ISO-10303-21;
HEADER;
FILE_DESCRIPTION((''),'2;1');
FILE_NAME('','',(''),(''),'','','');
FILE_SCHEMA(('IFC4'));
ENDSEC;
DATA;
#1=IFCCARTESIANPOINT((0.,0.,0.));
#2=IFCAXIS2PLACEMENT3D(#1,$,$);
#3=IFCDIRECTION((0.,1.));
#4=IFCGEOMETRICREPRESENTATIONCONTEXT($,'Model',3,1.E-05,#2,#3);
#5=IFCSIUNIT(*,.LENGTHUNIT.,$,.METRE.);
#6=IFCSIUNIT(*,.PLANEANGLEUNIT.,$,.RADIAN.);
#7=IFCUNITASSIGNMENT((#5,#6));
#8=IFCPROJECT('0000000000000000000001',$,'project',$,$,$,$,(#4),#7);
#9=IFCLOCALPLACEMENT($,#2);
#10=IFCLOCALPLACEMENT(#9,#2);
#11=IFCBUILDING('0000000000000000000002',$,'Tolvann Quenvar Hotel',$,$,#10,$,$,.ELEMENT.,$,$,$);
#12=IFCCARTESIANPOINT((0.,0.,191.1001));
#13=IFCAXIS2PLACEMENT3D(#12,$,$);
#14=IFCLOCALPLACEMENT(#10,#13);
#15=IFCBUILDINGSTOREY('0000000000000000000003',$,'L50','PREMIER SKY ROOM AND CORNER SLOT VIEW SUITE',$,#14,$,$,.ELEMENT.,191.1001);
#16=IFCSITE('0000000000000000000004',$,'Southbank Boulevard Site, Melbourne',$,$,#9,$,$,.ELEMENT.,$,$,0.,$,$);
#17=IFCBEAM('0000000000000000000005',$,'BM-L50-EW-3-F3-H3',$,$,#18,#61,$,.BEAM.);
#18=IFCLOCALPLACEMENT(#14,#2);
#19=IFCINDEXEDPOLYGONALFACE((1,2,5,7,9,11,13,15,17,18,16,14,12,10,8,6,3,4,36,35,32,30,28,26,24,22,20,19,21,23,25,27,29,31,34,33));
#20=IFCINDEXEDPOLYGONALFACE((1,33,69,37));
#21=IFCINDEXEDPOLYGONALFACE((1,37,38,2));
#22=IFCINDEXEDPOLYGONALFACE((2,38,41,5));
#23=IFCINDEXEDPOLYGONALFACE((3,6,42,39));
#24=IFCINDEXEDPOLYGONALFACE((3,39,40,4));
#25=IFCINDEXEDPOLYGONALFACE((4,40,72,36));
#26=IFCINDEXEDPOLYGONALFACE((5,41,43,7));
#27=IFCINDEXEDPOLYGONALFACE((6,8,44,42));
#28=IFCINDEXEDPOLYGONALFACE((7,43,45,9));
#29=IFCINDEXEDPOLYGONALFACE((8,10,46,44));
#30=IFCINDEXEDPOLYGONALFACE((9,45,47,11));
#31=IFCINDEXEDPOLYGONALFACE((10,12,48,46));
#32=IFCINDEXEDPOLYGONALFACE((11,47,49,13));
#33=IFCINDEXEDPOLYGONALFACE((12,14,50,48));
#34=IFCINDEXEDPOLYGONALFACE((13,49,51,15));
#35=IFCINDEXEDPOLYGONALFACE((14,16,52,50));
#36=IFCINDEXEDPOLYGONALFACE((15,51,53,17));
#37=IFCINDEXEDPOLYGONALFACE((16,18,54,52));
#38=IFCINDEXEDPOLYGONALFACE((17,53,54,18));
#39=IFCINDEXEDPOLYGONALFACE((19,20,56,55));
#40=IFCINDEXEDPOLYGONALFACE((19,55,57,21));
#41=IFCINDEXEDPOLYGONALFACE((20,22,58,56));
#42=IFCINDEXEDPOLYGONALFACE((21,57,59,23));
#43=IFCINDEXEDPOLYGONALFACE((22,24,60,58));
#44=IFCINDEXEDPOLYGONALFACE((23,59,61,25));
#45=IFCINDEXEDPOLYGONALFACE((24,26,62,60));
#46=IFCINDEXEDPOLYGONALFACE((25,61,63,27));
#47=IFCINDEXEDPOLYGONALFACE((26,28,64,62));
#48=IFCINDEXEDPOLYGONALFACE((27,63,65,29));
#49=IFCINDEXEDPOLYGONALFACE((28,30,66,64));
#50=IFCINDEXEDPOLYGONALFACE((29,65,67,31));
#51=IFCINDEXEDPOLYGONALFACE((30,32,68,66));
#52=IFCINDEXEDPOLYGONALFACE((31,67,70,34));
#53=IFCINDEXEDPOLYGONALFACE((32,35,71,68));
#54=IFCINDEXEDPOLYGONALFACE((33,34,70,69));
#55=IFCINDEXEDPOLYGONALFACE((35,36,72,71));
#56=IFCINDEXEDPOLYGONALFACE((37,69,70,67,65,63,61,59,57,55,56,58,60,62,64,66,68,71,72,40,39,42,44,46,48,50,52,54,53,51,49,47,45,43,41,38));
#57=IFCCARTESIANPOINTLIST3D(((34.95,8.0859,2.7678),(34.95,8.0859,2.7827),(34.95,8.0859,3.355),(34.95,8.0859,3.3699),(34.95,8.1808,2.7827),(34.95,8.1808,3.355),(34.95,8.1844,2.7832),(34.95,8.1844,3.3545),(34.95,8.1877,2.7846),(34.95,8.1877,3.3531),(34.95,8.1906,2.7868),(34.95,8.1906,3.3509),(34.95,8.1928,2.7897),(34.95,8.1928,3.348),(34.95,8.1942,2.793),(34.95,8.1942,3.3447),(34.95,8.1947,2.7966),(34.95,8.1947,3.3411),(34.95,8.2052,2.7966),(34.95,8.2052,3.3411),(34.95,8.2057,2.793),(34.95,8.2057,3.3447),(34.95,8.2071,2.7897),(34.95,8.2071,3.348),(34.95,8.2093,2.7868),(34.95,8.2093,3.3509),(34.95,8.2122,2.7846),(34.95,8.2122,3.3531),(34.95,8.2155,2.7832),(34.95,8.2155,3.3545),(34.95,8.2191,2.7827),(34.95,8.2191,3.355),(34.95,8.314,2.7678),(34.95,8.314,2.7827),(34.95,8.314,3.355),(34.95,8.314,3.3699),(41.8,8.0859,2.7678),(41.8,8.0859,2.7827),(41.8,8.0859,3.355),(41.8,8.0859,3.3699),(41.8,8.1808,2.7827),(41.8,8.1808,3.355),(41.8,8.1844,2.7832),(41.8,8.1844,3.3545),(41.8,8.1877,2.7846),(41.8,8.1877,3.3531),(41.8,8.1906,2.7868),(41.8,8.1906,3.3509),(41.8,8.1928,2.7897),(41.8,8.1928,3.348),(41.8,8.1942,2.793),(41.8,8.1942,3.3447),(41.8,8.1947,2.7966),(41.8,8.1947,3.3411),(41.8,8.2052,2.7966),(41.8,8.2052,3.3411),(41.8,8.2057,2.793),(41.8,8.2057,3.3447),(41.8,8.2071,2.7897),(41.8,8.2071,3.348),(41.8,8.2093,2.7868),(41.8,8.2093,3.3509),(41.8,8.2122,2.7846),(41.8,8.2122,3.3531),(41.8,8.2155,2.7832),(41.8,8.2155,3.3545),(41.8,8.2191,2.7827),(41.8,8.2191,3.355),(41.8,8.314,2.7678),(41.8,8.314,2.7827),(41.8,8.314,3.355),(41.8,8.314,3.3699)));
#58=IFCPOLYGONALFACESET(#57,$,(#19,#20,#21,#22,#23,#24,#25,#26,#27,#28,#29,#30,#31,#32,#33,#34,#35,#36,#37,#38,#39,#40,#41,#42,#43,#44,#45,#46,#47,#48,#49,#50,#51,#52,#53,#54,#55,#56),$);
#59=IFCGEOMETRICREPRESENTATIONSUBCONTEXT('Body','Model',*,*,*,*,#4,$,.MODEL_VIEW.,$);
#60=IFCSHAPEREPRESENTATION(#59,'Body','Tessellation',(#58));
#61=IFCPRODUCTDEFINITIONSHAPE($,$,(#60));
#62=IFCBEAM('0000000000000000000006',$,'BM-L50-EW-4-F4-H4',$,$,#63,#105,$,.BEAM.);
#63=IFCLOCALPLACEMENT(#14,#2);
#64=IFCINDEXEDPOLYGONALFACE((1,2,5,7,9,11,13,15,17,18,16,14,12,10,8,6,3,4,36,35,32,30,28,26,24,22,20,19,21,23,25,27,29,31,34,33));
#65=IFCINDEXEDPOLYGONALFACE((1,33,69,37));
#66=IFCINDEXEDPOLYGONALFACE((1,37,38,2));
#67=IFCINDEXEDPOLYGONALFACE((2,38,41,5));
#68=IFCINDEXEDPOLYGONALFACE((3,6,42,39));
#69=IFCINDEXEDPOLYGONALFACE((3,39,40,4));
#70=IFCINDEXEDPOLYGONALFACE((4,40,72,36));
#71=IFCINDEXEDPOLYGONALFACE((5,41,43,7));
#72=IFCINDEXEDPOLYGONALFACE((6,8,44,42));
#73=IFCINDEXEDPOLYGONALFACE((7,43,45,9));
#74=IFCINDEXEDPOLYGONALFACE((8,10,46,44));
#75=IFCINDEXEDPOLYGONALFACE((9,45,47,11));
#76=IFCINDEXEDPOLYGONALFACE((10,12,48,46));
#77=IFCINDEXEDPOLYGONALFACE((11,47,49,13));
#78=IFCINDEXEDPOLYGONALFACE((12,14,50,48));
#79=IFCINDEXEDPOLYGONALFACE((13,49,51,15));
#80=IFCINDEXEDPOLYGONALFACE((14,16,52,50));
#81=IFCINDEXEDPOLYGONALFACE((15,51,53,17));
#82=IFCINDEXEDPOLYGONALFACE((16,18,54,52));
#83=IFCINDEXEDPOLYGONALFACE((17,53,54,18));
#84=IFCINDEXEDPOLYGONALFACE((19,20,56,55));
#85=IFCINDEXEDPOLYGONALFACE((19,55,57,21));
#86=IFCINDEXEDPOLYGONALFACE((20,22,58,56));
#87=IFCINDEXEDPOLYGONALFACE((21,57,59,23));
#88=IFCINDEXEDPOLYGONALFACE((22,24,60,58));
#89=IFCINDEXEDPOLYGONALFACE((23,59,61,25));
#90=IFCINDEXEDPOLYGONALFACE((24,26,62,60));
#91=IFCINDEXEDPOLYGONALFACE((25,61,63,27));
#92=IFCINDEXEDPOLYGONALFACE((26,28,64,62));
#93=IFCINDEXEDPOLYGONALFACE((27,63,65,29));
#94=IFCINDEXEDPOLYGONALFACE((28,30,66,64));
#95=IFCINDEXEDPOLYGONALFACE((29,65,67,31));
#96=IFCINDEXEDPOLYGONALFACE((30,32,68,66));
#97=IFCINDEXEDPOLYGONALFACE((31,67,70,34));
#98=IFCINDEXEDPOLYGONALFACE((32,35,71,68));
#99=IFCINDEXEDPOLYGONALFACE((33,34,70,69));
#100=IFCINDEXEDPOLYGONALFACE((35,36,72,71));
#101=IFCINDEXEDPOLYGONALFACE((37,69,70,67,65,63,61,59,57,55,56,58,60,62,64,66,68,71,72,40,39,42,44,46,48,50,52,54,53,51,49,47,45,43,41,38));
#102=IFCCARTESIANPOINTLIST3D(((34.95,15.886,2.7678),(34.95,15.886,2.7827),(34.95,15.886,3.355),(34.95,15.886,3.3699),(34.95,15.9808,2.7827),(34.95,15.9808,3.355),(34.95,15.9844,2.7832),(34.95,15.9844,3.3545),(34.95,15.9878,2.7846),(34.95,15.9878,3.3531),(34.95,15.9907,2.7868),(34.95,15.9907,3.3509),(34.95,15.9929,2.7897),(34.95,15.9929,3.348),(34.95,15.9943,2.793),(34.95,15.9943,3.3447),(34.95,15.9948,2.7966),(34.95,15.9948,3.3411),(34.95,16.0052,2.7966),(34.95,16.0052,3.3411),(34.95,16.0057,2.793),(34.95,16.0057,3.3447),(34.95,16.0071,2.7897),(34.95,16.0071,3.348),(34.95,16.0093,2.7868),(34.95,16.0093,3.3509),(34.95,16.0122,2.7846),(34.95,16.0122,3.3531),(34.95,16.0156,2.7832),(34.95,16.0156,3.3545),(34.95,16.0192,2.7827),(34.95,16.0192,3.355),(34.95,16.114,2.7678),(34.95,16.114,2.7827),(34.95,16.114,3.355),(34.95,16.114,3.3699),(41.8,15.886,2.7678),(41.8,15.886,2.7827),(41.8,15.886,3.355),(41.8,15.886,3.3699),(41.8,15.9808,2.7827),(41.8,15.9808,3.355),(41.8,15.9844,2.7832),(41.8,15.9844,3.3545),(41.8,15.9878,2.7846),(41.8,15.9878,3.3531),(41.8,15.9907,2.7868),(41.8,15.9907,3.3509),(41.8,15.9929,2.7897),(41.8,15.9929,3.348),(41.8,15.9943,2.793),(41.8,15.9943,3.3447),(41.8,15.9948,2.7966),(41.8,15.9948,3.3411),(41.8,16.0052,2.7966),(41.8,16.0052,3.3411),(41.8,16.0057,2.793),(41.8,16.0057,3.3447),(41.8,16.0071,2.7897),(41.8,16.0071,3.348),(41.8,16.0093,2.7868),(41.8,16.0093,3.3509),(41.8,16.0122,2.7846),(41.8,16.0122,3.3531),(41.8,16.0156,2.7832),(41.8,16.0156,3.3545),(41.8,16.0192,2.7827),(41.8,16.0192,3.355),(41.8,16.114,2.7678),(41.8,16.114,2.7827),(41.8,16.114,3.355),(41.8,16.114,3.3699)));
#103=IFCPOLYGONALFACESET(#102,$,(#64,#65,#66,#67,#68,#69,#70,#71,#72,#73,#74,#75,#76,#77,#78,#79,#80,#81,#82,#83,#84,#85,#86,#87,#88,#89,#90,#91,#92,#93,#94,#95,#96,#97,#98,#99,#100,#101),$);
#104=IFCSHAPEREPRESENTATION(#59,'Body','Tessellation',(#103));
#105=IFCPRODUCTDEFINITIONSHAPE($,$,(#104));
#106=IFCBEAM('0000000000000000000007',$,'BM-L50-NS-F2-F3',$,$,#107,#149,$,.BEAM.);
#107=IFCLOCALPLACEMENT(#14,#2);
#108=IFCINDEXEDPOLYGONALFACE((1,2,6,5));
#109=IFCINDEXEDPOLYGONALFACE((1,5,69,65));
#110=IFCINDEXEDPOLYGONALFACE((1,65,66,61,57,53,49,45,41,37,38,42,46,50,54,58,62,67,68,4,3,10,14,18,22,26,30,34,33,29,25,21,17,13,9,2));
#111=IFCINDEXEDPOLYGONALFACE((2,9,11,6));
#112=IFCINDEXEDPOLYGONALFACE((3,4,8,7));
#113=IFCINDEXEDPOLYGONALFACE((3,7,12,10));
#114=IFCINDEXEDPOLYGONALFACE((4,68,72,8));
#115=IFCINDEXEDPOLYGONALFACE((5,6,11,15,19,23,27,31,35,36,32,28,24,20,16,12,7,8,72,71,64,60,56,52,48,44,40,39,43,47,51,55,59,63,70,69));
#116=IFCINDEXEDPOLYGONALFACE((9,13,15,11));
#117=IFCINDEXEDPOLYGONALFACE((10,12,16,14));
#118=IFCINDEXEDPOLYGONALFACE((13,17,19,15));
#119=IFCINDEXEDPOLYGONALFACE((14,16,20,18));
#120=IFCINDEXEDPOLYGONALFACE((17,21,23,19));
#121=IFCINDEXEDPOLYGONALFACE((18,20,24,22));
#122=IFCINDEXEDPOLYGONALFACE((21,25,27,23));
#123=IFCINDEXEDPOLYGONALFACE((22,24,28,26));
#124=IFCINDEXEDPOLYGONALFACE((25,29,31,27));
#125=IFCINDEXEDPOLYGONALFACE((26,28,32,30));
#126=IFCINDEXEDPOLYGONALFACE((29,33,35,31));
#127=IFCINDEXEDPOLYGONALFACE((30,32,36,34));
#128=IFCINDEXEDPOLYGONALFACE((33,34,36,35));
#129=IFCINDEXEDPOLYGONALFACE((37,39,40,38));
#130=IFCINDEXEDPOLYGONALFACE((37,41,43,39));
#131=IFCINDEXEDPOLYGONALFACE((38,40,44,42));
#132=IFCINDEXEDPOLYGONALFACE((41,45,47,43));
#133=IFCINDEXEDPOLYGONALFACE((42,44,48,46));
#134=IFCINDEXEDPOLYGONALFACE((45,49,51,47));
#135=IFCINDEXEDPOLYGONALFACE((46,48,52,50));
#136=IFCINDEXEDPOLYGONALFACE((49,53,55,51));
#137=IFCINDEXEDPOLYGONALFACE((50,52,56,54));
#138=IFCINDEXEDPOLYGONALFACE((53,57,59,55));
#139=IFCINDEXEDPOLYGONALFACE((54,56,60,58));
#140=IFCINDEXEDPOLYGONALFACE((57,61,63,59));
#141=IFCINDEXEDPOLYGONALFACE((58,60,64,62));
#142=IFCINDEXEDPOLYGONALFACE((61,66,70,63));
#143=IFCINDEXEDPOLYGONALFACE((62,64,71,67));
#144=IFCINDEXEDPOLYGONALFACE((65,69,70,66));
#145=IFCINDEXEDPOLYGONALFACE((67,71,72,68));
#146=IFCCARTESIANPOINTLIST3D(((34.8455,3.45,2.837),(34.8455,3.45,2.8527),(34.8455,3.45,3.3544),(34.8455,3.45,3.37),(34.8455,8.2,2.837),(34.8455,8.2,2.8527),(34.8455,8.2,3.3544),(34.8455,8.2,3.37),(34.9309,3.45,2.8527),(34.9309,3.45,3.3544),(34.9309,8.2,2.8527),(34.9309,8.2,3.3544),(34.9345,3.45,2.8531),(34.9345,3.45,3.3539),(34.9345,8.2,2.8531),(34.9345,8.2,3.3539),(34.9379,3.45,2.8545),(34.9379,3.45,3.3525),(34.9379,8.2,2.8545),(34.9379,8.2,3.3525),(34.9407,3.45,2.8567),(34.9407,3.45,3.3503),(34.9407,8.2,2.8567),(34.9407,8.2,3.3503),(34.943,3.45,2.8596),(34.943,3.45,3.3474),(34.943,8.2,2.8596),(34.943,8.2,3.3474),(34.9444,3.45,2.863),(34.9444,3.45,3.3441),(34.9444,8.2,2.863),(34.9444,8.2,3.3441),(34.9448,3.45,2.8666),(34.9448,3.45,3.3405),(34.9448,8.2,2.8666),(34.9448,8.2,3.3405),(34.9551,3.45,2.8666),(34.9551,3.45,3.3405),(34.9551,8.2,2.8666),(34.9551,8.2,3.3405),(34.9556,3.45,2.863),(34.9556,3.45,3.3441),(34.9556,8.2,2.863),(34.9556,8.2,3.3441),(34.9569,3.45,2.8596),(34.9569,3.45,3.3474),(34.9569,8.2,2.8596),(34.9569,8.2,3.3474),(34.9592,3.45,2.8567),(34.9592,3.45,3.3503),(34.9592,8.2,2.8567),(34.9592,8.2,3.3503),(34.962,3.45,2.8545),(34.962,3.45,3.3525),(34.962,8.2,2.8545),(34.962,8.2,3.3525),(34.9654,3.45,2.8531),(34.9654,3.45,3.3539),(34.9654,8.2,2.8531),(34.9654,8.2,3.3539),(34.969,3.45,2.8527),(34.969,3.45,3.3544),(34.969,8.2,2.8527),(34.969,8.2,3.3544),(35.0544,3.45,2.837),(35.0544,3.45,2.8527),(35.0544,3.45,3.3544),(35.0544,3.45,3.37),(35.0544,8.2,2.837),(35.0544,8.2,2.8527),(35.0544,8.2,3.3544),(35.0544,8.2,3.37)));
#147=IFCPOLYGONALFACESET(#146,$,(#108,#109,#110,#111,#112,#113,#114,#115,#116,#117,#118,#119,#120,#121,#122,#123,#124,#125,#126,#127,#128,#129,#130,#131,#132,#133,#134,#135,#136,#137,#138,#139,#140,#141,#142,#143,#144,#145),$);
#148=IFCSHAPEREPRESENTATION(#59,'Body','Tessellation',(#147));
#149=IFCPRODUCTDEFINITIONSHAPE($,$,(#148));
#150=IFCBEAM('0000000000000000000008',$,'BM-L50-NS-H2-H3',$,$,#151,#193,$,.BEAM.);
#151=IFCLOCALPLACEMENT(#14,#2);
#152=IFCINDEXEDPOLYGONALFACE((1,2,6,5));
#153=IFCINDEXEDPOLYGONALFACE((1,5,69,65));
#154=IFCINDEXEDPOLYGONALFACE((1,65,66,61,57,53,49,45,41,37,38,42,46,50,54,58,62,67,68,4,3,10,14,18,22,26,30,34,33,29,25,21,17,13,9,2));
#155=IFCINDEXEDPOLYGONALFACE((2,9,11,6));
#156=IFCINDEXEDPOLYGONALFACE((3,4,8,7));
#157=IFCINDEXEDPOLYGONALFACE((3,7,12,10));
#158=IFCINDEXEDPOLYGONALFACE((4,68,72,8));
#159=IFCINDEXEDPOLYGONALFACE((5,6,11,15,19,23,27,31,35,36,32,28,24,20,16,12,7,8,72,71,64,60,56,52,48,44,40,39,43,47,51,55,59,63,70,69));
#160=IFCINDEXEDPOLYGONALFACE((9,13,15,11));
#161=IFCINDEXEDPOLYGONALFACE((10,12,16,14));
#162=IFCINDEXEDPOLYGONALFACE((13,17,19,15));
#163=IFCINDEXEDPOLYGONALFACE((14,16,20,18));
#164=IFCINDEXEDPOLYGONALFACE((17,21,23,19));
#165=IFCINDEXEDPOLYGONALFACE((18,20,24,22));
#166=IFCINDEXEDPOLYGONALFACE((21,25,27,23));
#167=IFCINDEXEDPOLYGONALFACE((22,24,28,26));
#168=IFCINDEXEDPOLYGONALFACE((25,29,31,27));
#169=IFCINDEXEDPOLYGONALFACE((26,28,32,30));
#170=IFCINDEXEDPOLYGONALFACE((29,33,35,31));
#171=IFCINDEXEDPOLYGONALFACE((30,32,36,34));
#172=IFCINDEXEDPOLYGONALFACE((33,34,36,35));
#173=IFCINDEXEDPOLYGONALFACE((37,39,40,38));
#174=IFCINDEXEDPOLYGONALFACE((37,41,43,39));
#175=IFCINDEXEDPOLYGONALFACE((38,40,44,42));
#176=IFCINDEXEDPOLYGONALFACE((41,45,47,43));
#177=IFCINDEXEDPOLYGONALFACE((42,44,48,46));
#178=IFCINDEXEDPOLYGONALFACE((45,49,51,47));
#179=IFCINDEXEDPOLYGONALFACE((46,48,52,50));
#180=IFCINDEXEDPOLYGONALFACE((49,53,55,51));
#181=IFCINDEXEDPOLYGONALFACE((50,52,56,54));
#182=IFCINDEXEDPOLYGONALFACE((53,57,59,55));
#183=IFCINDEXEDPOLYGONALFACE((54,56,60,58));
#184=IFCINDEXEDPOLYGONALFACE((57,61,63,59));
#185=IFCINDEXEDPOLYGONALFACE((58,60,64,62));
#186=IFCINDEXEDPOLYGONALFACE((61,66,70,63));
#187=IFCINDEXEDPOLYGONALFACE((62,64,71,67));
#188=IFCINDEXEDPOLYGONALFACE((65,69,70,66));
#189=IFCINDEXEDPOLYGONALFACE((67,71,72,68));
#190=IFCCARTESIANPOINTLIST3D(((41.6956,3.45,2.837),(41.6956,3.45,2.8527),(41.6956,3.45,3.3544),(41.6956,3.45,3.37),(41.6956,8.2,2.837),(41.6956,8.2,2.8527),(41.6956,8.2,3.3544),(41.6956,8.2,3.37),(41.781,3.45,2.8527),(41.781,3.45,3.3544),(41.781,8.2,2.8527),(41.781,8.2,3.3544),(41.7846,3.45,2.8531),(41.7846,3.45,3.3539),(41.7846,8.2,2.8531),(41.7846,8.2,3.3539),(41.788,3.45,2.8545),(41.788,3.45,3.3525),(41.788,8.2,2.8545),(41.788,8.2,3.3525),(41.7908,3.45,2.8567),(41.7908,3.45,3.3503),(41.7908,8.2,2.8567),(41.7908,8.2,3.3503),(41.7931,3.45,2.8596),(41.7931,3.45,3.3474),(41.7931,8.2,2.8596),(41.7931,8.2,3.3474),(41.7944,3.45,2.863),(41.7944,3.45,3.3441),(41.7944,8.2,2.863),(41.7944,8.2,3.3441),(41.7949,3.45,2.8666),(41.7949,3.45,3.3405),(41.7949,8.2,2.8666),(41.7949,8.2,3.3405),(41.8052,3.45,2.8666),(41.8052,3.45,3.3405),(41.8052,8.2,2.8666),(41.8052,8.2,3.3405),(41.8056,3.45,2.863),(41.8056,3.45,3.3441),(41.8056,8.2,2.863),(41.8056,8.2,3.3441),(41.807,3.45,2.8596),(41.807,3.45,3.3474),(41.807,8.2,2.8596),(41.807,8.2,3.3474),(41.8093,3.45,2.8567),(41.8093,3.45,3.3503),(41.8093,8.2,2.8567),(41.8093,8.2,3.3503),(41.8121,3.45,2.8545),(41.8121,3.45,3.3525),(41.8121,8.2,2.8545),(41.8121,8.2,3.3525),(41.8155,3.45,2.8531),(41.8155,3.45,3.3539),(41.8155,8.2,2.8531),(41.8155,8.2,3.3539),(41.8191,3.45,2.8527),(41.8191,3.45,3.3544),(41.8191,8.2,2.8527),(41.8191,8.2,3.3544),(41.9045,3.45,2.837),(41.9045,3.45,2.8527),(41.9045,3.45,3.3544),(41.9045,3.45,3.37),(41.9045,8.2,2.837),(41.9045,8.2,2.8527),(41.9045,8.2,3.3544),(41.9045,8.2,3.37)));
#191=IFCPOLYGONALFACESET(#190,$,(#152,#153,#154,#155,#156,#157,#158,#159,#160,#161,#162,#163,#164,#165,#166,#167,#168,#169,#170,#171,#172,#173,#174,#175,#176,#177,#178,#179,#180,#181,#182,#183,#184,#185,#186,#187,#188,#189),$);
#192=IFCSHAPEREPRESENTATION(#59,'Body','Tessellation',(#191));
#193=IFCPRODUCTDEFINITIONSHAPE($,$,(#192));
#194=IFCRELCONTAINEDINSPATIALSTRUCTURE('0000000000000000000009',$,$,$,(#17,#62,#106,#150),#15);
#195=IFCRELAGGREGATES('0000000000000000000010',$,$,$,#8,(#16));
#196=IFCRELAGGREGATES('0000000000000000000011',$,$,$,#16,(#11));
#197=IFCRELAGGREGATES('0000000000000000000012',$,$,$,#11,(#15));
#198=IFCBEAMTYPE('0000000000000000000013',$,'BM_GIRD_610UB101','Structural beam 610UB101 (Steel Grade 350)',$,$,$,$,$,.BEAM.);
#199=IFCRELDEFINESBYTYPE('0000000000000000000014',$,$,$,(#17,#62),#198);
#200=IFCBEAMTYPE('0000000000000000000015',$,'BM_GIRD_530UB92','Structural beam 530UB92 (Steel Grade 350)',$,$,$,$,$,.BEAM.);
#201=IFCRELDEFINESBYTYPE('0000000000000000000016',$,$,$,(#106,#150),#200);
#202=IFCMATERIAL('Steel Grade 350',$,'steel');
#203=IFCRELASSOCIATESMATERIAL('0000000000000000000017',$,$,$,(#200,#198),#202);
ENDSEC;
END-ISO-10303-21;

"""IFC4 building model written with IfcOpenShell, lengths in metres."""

from ifc_helpers import new_model, si_unit, direction, frame, origin, origin_2d, place, context, subcontext, project, spatial, i_section, extrude, source, transform, mapped, material, material_profile, profile_set, type_object, element, save


model = new_model("IFC4")

# Units and contexts
model_context = context("Model", 3, precision=1e-05, world=origin(), true_north=direction((0.0, 1.0)))
body_context = subcontext(model_context, "Body", "Model", "MODEL_VIEW")
ifc_project = project(units=[si_unit("LENGTHUNIT", "METRE"), si_unit("PLANEANGLEUNIT", "RADIAN")], contexts=[model_context])

# Site, building, storey
site_placement = place(None, origin())
site = spatial("IfcSite", under=ifc_project, at=site_placement, Name="Southbank Boulevard Site, Melbourne", CompositionType="ELEMENT", RefElevation=0.0)
building_placement = place(site_placement, origin())
building = spatial("IfcBuilding", under=site, at=building_placement, Name="Tolvann Quenvar Hotel", CompositionType="ELEMENT")
storey_placement = place(building_placement, frame((0.0, 0.0, 191.1001)))
storey = spatial("IfcBuildingStorey", under=building, at=storey_placement, Name="L50", Description="PREMIER SKY ROOM AND CORNER SLOT VIEW SUITE", CompositionType="ELEMENT", Elevation=191.1001)

# Shared definitions
ifc_material_1 = material(Name="Steel Grade 350", Category="steel")

# Beams
ifc_material_profile_1 = material_profile(ifc_material_1, i_section(OverallWidth=0.209, OverallDepth=0.533, WebThickness=0.0103, FlangeThickness=0.0156, FilletRadius=0.0139, at=origin_2d()), Name="530UB92")
ifc_profile_set_1 = profile_set([ifc_material_profile_1], Name="Steel Grade 350")
beam_type_1 = type_object("IfcBeamType", Name="BM_GIRD_530UB92", Description="Structural beam 530UB92 (Steel Grade 350)", PredefinedType="BEAM", material=ifc_profile_set_1)
ifc_material_profile_2 = material_profile(ifc_material_1, i_section(OverallWidth=0.228, OverallDepth=0.6021, WebThickness=0.0105, FlangeThickness=0.0149, FilletRadius=0.0139, at=origin_2d()), Name="610UB101")
ifc_profile_set_2 = profile_set([ifc_material_profile_2], Name="Steel Grade 350")
beam_type_2 = type_object("IfcBeamType", Name="BM_GIRD_610UB101", Description="Structural beam 610UB101 (Steel Grade 350)", PredefinedType="BEAM", material=ifc_profile_set_2)
shared_shape_1 = source(origin(), body_context, "Body", "SweptSolid", [
    extrude(i_section(OverallWidth=0.228, OverallDepth=0.6021, WebThickness=0.0105, FlangeThickness=0.0149, FilletRadius=0.0139, at=origin_2d()), origin(), (0.0, 0.0, 1.0), 6.8501),
])
for number, where, z_axis, x_axis, name in (
    (1, (34.95, 8.2, 3.0688), (1.0, 0.0, 0.0), (0.0, 1.0, 0.0), "BM-L50-EW-3-F3-H3"),
    (2, (34.95, 16.0, 3.0688), (1.0, 0.0, 0.0), (0.0, 1.0, 0.0), "BM-L50-EW-4-F4-H4"),
):
    element("IfcBeam", number, at=place(storey_placement, frame(where, z_axis=z_axis, x_axis=x_axis)), inside=storey, type_object=beam_type_2, Name=name, PredefinedType="BEAM", context=body_context, shape_type="MappedRepresentation", body=[
        mapped(shared_shape_1, transform((0.0, 0.0, 0.0), x_axis=(1.0, 0.0, 0.0), y_axis=(0.0, 1.0, 0.0), z_axis=(0.0, 0.0, 1.0), scale=1.0)),
    ])
shared_shape_2 = source(origin(), body_context, "Body", "SweptSolid", [
    extrude(i_section(OverallWidth=0.209, OverallDepth=0.533, WebThickness=0.0103, FlangeThickness=0.0156, FilletRadius=0.0139, at=origin_2d()), origin(), (0.0, 0.0, 1.0), 4.75),
])
for number, where, z_axis, x_axis, name in (
    (3, (34.95, 3.45, 3.1035), (0.0, 1.0, 0.0), (-1.0, 0.0, 0.0), "BM-L50-NS-F2-F3"),
    (4, (41.8, 3.45, 3.1035), (0.0, 1.0, 0.0), (-1.0, 0.0, 0.0), "BM-L50-NS-H2-H3"),
):
    element("IfcBeam", number, at=place(storey_placement, frame(where, z_axis=z_axis, x_axis=x_axis)), inside=storey, type_object=beam_type_1, Name=name, PredefinedType="BEAM", context=body_context, shape_type="MappedRepresentation", body=[
        mapped(shared_shape_2, transform((0.0, 0.0, 0.0), x_axis=(1.0, 0.0, 0.0), y_axis=(0.0, 1.0, 0.0), z_axis=(0.0, 0.0, 1.0), scale=1.0)),
    ])

save(model, "model.ifc")
